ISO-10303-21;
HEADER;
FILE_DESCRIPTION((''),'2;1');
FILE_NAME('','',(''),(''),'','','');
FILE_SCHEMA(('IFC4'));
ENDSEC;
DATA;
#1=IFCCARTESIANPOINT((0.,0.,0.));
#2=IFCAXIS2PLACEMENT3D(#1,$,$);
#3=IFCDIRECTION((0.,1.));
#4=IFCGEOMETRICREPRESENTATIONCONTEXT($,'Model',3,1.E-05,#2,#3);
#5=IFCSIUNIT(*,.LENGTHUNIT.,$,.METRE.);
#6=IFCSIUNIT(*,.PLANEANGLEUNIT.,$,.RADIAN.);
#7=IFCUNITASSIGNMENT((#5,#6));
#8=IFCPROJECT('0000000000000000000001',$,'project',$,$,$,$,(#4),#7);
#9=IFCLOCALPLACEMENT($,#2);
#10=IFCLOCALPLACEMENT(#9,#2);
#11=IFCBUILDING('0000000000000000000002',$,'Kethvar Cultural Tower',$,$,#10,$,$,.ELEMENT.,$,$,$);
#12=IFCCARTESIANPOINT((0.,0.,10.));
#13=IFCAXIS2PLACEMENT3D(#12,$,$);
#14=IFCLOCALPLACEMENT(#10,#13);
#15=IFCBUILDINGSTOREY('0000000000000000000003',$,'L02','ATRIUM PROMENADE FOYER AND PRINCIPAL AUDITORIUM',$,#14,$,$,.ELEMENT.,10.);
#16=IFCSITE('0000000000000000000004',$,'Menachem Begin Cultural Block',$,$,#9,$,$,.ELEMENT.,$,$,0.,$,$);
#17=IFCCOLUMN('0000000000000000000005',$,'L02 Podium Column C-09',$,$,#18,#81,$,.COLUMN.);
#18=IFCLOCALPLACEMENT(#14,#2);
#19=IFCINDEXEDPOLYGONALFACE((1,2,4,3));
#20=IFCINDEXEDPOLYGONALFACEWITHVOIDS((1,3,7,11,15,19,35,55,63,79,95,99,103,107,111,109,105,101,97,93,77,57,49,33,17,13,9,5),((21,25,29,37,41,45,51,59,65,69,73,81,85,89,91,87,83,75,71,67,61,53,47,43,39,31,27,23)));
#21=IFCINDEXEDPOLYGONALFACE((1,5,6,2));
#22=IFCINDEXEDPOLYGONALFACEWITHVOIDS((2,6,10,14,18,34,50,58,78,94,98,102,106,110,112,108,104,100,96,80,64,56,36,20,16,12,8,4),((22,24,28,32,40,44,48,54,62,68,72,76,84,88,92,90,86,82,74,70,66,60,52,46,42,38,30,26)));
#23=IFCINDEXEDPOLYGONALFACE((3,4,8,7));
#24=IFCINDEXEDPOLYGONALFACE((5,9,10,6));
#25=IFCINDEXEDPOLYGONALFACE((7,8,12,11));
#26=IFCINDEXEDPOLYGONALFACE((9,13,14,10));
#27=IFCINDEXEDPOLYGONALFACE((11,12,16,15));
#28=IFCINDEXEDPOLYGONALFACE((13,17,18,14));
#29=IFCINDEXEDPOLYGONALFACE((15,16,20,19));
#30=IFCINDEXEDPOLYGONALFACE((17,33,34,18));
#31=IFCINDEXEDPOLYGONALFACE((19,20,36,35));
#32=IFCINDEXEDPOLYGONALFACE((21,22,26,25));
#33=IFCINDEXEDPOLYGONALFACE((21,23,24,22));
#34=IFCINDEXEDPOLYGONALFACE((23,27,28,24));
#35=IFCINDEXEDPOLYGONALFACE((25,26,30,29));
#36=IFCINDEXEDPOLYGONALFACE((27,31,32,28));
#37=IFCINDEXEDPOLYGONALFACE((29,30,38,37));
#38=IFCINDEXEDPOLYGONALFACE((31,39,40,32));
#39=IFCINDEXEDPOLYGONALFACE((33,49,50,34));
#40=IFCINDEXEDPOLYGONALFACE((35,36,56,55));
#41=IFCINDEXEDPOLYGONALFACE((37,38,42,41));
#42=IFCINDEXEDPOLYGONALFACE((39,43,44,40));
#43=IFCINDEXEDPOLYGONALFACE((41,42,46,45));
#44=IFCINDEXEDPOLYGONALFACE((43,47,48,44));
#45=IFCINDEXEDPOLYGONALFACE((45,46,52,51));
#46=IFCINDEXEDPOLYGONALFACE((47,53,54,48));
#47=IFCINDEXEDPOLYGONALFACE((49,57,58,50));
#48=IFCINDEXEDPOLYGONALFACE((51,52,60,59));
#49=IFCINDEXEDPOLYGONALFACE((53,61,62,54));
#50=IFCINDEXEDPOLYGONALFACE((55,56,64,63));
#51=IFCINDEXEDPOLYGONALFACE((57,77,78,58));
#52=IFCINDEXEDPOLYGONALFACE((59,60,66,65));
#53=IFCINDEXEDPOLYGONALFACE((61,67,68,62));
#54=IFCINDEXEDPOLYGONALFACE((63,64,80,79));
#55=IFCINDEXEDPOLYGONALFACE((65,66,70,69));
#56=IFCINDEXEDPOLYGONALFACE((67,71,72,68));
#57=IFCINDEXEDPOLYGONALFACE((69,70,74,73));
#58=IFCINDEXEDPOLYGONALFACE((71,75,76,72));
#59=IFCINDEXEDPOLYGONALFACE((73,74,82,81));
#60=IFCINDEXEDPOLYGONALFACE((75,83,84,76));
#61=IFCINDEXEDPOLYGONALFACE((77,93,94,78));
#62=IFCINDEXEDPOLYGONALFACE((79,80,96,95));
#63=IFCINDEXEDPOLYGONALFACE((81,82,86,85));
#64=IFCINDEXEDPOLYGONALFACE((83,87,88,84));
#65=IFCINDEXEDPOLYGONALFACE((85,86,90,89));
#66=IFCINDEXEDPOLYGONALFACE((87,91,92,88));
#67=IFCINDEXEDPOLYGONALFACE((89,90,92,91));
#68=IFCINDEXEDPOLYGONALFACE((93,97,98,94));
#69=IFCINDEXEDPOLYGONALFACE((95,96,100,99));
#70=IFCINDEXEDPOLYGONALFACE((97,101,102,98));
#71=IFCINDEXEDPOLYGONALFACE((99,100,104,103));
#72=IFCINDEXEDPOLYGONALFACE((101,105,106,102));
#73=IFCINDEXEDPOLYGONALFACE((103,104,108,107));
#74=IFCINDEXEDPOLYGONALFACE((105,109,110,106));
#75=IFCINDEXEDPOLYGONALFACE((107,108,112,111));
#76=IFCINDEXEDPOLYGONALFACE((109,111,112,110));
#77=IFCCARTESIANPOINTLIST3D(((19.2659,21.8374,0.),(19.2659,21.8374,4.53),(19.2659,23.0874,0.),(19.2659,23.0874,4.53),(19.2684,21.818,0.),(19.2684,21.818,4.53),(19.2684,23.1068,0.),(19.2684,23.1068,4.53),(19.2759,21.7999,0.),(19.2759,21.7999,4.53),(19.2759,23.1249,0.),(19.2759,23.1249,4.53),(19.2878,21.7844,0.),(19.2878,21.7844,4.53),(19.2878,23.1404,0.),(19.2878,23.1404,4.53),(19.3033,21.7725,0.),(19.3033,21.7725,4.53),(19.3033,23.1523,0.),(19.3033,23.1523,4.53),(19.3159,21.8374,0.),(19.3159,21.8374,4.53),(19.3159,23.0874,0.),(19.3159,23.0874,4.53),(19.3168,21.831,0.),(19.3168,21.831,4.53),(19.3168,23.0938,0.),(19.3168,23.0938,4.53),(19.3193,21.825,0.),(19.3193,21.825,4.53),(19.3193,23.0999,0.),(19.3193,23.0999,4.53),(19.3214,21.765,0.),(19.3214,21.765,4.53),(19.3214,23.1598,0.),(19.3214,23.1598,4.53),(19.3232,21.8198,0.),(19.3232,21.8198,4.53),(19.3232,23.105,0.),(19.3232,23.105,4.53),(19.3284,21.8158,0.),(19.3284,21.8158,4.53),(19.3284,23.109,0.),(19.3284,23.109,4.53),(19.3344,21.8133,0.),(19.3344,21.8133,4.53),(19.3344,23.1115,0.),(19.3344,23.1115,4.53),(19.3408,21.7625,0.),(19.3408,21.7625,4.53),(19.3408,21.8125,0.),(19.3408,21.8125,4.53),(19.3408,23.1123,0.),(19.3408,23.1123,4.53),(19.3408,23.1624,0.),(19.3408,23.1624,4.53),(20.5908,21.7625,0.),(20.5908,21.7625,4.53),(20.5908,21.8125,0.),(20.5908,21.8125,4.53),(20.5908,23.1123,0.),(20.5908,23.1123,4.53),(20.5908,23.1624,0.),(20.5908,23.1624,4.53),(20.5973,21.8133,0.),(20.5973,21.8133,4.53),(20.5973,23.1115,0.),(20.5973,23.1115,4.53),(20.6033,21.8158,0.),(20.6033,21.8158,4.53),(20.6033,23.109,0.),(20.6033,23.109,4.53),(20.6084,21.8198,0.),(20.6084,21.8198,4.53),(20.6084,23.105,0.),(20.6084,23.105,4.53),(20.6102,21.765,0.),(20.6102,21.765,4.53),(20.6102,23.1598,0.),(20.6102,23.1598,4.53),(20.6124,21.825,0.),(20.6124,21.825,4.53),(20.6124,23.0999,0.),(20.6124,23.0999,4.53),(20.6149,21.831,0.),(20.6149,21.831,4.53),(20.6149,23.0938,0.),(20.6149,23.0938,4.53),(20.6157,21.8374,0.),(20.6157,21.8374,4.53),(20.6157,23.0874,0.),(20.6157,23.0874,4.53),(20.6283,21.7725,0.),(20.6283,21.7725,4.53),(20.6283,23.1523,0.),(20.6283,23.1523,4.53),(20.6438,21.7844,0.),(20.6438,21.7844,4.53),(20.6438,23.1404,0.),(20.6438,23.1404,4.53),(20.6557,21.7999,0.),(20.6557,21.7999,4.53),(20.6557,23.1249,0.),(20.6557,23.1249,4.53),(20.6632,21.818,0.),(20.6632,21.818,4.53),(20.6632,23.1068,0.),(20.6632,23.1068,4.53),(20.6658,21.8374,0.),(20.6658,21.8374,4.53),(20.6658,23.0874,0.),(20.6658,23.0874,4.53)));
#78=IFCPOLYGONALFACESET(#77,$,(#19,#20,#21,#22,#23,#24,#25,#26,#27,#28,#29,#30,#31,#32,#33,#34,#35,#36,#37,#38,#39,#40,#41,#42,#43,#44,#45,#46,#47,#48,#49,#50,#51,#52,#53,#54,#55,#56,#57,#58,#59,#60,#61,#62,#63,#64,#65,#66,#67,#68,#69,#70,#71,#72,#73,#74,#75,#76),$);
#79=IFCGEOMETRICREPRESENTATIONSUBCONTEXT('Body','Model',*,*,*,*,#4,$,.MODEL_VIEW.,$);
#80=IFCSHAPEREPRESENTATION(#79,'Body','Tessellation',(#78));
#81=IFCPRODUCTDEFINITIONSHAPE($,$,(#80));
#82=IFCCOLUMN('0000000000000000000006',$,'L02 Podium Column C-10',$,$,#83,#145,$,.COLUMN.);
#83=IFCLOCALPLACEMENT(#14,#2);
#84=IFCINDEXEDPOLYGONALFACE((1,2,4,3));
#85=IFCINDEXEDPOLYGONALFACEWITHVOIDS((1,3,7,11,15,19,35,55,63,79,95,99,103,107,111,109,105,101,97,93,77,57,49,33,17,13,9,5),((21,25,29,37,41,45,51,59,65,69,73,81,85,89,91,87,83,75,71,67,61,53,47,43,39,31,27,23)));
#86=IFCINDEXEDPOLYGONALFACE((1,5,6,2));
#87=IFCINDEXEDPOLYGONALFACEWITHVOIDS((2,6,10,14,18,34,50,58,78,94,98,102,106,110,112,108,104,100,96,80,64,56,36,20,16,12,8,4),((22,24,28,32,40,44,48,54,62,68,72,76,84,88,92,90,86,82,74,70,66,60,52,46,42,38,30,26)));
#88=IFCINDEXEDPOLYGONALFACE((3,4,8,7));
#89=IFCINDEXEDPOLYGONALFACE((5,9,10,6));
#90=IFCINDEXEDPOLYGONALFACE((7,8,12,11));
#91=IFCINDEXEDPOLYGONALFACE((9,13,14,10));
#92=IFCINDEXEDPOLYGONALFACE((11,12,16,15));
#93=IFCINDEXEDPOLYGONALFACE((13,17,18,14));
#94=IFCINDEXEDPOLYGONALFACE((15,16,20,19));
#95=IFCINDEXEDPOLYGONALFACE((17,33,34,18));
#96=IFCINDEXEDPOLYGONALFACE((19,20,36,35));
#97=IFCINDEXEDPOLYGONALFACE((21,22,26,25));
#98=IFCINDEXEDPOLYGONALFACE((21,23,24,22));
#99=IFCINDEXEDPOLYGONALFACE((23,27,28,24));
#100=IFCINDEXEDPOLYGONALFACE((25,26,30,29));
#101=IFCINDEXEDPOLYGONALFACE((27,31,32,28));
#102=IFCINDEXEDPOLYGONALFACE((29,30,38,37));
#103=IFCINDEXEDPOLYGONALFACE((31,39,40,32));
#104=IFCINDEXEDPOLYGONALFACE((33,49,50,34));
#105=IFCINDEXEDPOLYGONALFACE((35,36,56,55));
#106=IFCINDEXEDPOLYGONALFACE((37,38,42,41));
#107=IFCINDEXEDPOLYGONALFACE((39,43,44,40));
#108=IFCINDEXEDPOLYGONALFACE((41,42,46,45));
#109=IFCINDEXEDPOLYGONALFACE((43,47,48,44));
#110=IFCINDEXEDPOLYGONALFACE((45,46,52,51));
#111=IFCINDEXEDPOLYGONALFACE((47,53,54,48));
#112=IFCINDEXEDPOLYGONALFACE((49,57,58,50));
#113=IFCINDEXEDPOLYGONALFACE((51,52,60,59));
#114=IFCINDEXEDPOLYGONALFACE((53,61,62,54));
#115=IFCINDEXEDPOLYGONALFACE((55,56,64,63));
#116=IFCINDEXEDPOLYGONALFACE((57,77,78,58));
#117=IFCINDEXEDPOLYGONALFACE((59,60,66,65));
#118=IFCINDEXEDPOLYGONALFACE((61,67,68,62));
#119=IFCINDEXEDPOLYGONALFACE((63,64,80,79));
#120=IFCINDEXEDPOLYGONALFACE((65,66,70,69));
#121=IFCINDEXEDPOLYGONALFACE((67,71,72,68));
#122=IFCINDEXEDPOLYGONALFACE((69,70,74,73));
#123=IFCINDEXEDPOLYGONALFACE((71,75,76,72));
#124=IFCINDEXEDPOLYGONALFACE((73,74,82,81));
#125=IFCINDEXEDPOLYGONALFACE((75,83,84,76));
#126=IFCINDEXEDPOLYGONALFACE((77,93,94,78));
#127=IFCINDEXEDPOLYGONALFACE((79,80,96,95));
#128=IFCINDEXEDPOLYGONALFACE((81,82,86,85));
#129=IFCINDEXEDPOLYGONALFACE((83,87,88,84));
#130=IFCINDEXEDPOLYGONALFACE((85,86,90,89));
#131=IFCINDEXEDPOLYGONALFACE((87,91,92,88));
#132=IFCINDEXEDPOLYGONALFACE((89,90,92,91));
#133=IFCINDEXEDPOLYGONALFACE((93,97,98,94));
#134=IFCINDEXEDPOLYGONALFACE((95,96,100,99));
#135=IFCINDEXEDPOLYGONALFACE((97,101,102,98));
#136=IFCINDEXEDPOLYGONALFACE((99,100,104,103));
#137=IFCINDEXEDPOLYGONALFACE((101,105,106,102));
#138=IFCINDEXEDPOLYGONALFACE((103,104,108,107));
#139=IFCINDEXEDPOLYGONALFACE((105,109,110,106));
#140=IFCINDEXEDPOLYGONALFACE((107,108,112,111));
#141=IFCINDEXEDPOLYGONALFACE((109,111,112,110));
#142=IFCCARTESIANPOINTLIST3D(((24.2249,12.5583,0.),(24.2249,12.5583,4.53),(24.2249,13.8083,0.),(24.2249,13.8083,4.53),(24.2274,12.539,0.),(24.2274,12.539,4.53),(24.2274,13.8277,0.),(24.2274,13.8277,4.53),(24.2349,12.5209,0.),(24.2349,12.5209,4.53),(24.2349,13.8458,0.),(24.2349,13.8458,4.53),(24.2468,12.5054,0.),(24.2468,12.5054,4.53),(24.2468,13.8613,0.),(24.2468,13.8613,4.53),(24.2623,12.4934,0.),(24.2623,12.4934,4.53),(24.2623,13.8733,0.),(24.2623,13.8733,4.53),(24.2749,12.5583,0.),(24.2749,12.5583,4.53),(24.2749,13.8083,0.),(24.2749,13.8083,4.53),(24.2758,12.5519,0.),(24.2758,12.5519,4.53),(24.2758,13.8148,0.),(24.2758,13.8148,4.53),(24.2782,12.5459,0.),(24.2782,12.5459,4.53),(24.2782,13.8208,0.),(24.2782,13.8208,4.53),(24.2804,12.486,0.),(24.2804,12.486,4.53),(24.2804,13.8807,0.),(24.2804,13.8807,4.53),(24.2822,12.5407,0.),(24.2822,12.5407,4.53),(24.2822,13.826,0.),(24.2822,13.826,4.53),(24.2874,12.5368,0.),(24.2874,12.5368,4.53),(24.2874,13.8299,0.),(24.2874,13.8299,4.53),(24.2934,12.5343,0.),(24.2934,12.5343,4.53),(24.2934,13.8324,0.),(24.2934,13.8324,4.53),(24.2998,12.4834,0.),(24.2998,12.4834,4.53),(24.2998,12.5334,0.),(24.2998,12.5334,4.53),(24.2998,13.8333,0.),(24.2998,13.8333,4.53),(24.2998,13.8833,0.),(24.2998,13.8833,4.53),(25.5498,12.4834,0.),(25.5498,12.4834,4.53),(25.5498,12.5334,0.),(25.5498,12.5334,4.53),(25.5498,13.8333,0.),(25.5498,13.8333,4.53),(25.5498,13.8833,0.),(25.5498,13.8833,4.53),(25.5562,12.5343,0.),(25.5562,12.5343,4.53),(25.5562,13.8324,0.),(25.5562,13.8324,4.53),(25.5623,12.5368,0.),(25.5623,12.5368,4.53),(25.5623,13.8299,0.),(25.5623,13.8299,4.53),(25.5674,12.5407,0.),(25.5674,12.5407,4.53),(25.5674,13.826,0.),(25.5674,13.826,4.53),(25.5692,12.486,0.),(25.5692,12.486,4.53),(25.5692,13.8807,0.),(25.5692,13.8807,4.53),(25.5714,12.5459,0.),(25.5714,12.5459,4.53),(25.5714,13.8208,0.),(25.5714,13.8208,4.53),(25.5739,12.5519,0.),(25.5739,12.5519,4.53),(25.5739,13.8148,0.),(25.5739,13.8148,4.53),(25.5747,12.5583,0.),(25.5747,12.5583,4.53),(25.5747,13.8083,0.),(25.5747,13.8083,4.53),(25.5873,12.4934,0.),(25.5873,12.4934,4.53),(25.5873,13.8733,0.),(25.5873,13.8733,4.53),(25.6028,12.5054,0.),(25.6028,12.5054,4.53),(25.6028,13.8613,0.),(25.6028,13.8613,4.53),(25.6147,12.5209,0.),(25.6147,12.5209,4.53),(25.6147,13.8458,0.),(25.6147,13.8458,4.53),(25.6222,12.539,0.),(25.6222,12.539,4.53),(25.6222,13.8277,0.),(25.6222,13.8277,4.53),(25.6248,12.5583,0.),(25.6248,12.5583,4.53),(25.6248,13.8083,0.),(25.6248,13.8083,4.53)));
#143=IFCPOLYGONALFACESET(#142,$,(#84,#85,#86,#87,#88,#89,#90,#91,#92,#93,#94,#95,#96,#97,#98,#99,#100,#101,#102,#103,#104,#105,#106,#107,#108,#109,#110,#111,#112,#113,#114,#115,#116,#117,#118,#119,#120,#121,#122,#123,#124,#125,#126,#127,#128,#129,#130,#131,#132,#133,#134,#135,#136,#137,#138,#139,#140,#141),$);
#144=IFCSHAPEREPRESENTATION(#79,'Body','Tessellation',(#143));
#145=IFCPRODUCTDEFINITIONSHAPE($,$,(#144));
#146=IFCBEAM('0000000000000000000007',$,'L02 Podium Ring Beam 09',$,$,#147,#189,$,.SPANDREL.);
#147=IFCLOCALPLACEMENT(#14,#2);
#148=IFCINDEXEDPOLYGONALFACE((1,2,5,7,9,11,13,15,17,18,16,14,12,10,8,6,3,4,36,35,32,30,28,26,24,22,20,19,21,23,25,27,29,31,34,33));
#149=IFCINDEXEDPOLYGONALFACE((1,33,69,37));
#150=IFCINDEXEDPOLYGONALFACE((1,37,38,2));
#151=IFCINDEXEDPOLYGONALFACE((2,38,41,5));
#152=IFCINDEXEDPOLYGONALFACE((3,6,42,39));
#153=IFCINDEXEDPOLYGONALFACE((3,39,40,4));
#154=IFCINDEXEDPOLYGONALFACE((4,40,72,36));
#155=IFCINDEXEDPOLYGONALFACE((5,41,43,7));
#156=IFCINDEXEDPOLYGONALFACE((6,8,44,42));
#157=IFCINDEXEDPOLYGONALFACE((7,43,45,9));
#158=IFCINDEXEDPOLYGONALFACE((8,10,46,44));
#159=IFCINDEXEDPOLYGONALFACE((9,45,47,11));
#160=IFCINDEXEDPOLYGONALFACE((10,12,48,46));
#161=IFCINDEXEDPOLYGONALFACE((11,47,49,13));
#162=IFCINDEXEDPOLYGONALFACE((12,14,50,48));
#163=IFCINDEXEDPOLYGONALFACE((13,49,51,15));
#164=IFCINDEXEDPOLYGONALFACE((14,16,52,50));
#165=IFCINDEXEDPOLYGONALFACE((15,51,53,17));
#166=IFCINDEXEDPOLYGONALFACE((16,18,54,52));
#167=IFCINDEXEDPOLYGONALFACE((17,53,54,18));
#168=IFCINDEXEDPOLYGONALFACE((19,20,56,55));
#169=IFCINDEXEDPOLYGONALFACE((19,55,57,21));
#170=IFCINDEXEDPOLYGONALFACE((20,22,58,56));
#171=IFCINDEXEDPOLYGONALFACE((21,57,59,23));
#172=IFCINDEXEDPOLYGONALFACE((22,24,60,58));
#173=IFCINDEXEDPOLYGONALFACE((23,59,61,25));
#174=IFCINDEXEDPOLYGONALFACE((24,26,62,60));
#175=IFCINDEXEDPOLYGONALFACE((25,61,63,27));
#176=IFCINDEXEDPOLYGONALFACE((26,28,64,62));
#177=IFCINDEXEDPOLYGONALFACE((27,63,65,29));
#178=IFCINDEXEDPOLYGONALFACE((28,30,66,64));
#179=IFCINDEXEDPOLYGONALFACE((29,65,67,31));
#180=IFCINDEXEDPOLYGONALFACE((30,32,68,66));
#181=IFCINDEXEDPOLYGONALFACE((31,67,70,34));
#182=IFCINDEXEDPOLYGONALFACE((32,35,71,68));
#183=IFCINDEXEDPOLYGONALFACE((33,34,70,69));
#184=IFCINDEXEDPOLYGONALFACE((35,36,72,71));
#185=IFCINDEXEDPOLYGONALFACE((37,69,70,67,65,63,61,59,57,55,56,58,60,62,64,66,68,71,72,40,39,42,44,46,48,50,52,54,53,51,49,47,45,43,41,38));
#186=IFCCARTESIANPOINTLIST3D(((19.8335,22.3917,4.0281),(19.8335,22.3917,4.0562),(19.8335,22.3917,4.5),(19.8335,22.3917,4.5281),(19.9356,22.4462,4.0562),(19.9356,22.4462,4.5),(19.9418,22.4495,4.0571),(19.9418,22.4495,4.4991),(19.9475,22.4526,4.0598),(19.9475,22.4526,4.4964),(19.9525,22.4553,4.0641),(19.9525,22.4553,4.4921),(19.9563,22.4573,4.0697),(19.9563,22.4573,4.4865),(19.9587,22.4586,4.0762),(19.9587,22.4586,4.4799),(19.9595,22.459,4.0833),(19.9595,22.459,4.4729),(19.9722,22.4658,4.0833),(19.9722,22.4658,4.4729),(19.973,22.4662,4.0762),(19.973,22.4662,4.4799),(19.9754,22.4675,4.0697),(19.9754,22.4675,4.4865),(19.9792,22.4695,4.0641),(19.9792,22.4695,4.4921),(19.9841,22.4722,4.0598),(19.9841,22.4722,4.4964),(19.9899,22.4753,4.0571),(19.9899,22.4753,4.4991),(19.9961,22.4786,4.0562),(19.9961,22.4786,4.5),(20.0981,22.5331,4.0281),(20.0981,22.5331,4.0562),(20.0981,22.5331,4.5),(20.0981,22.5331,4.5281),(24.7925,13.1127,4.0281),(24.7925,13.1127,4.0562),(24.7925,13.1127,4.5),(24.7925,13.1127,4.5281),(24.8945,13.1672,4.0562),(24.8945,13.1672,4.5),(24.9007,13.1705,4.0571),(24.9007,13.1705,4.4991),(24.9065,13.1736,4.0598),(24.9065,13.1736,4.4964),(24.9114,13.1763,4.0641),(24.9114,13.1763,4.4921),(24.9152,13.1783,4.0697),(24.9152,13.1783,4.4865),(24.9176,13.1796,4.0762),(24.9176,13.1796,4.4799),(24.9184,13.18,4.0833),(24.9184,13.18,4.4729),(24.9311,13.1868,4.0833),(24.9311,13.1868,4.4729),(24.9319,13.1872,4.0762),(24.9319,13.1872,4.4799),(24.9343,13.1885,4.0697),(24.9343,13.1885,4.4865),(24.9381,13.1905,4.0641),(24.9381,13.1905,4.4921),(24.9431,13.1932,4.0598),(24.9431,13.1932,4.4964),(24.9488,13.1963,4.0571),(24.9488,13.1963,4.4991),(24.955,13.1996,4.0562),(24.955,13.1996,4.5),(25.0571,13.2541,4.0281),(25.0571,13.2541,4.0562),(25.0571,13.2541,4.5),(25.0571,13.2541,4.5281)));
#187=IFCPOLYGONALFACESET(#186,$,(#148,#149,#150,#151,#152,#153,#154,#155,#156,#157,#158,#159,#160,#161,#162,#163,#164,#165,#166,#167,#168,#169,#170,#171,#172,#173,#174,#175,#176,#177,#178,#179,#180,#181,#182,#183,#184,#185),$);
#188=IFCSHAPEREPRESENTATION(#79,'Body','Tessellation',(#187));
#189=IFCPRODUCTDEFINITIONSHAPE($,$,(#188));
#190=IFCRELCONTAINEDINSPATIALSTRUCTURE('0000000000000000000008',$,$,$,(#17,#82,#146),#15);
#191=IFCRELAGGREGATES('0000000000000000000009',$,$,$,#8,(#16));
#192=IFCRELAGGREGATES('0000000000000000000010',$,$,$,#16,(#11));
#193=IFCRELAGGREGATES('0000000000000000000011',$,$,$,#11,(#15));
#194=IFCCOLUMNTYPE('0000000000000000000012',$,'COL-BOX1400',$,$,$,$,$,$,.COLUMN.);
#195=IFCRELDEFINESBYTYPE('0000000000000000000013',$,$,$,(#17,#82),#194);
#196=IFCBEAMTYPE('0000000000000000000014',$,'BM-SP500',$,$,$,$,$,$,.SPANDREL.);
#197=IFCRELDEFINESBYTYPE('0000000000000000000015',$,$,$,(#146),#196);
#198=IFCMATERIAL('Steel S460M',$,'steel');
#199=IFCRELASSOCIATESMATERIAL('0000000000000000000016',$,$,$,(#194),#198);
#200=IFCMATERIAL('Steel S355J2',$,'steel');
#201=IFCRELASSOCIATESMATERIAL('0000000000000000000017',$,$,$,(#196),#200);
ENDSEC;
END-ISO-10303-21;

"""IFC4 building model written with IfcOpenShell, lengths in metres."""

from ifc_helpers import new_model, si_unit, direction, frame, origin, origin_2d, place, context, subcontext, project, spatial, hollow_rectangle, i_section, extrude, source, transform, mapped, material, material_profile, profile_set, type_object, element, save


model = new_model("IFC4")

# Units and contexts
model_context = context("Model", 3, precision=1e-05, world=origin(), true_north=direction((0.0, 1.0)))
body_context = subcontext(model_context, "Body", "Model", "MODEL_VIEW")
ifc_project = project(units=[si_unit("LENGTHUNIT", "METRE"), si_unit("PLANEANGLEUNIT", "RADIAN")], contexts=[model_context])

# Site, building, storey
site_placement = place(None, origin())
site = spatial("IfcSite", under=ifc_project, at=site_placement, Name="Menachem Begin Cultural Block", CompositionType="ELEMENT", RefElevation=0.0)
building_placement = place(site_placement, origin())
building = spatial("IfcBuilding", under=site, at=building_placement, Name="Kethvar Cultural Tower", CompositionType="ELEMENT")
storey_placement = place(building_placement, frame((0.0, 0.0, 10.0)))
storey = spatial("IfcBuildingStorey", under=building, at=storey_placement, Name="L02", Description="ATRIUM PROMENADE FOYER AND PRINCIPAL AUDITORIUM", CompositionType="ELEMENT", Elevation=10.0)

# Columns
ifc_material_1 = material(Name="Steel S460M", Category="steel")
ifc_material_profile_1 = material_profile(ifc_material_1, hollow_rectangle(XDim=1.3999, YDim=1.3999, WallThickness=0.05, InnerFilletRadius=0.0249, OuterFilletRadius=0.075, at=origin_2d()), Name="Steel S460M — BOX1400x1400x50")
ifc_profile_set_1 = profile_set([ifc_material_profile_1], Name="Steel S460M — BOX1400x1400x50")
column_type = type_object("IfcColumnType", Name="COL-BOX1400", PredefinedType="COLUMN", material=ifc_profile_set_1)
shared_shape_1 = source(origin(), body_context, "Body", "SweptSolid", [
    extrude(hollow_rectangle(XDim=1.3999, YDim=1.3999, WallThickness=0.05, InnerFilletRadius=0.0249, OuterFilletRadius=0.075, at=origin_2d()), origin(), (0.0, 0.0, 1.0), 4.53),
])
for number, where, z_axis, x_axis, name in (
    (1, (19.9658, 22.4624, 0.0), (0.0, 0.0, 1.0), (1.0, 0.0, 0.0), "L02 Podium Column C-09"),
    (2, (24.9248, 13.1833, 0.0), (0.0, 0.0, 1.0), (1.0, 0.0, 0.0), "L02 Podium Column C-10"),
):
    element("IfcColumn", number, at=place(storey_placement, frame(where, z_axis=z_axis, x_axis=x_axis)), inside=storey, type_object=column_type, Name=name, PredefinedType="COLUMN", context=body_context, shape_type="MappedRepresentation", body=[
        mapped(shared_shape_1, transform((0.0, 0.0, 0.0), scale=1.0)),
    ])

# Beam
ifc_material_2 = material(Name="Steel S355J2", Category="steel")
ifc_material_profile_2 = material_profile(ifc_material_2, i_section(OverallWidth=0.3, OverallDepth=0.5, WebThickness=0.0144, FlangeThickness=0.0281, FilletRadius=0.0271, at=origin_2d()), Name="Steel S355J2 — HEB500")
ifc_profile_set_2 = profile_set([ifc_material_profile_2], Name="Steel S355J2 — HEB500")
beam_type_1 = type_object("IfcBeamType", Name="BM-SP500", PredefinedType="SPANDREL", material=ifc_profile_set_2)
shared_shape_2 = source(origin(), body_context, "Body", "SweptSolid", [
    extrude(i_section(OverallWidth=0.3, OverallDepth=0.5, WebThickness=0.0144, FlangeThickness=0.0281, FilletRadius=0.0271, at=origin_2d()), origin(), (0.0, 0.0, 1.0), 10.521),
])
beam_1_placement = place(storey_placement, frame((19.9658, 22.4624, 4.2781), z_axis=(0.47134, -0.881952, 0.0), x_axis=(0.881952, 0.47134, 0.0)))
element("IfcBeam", 3, at=beam_1_placement, inside=storey, type_object=beam_type_1, Name="L02 Podium Ring Beam 09", PredefinedType="SPANDREL", context=body_context, shape_type="MappedRepresentation", body=[
    mapped(shared_shape_2, transform((0.0, 0.0, 0.0), scale=1.0)),
])

save(model, "model.ifc")
